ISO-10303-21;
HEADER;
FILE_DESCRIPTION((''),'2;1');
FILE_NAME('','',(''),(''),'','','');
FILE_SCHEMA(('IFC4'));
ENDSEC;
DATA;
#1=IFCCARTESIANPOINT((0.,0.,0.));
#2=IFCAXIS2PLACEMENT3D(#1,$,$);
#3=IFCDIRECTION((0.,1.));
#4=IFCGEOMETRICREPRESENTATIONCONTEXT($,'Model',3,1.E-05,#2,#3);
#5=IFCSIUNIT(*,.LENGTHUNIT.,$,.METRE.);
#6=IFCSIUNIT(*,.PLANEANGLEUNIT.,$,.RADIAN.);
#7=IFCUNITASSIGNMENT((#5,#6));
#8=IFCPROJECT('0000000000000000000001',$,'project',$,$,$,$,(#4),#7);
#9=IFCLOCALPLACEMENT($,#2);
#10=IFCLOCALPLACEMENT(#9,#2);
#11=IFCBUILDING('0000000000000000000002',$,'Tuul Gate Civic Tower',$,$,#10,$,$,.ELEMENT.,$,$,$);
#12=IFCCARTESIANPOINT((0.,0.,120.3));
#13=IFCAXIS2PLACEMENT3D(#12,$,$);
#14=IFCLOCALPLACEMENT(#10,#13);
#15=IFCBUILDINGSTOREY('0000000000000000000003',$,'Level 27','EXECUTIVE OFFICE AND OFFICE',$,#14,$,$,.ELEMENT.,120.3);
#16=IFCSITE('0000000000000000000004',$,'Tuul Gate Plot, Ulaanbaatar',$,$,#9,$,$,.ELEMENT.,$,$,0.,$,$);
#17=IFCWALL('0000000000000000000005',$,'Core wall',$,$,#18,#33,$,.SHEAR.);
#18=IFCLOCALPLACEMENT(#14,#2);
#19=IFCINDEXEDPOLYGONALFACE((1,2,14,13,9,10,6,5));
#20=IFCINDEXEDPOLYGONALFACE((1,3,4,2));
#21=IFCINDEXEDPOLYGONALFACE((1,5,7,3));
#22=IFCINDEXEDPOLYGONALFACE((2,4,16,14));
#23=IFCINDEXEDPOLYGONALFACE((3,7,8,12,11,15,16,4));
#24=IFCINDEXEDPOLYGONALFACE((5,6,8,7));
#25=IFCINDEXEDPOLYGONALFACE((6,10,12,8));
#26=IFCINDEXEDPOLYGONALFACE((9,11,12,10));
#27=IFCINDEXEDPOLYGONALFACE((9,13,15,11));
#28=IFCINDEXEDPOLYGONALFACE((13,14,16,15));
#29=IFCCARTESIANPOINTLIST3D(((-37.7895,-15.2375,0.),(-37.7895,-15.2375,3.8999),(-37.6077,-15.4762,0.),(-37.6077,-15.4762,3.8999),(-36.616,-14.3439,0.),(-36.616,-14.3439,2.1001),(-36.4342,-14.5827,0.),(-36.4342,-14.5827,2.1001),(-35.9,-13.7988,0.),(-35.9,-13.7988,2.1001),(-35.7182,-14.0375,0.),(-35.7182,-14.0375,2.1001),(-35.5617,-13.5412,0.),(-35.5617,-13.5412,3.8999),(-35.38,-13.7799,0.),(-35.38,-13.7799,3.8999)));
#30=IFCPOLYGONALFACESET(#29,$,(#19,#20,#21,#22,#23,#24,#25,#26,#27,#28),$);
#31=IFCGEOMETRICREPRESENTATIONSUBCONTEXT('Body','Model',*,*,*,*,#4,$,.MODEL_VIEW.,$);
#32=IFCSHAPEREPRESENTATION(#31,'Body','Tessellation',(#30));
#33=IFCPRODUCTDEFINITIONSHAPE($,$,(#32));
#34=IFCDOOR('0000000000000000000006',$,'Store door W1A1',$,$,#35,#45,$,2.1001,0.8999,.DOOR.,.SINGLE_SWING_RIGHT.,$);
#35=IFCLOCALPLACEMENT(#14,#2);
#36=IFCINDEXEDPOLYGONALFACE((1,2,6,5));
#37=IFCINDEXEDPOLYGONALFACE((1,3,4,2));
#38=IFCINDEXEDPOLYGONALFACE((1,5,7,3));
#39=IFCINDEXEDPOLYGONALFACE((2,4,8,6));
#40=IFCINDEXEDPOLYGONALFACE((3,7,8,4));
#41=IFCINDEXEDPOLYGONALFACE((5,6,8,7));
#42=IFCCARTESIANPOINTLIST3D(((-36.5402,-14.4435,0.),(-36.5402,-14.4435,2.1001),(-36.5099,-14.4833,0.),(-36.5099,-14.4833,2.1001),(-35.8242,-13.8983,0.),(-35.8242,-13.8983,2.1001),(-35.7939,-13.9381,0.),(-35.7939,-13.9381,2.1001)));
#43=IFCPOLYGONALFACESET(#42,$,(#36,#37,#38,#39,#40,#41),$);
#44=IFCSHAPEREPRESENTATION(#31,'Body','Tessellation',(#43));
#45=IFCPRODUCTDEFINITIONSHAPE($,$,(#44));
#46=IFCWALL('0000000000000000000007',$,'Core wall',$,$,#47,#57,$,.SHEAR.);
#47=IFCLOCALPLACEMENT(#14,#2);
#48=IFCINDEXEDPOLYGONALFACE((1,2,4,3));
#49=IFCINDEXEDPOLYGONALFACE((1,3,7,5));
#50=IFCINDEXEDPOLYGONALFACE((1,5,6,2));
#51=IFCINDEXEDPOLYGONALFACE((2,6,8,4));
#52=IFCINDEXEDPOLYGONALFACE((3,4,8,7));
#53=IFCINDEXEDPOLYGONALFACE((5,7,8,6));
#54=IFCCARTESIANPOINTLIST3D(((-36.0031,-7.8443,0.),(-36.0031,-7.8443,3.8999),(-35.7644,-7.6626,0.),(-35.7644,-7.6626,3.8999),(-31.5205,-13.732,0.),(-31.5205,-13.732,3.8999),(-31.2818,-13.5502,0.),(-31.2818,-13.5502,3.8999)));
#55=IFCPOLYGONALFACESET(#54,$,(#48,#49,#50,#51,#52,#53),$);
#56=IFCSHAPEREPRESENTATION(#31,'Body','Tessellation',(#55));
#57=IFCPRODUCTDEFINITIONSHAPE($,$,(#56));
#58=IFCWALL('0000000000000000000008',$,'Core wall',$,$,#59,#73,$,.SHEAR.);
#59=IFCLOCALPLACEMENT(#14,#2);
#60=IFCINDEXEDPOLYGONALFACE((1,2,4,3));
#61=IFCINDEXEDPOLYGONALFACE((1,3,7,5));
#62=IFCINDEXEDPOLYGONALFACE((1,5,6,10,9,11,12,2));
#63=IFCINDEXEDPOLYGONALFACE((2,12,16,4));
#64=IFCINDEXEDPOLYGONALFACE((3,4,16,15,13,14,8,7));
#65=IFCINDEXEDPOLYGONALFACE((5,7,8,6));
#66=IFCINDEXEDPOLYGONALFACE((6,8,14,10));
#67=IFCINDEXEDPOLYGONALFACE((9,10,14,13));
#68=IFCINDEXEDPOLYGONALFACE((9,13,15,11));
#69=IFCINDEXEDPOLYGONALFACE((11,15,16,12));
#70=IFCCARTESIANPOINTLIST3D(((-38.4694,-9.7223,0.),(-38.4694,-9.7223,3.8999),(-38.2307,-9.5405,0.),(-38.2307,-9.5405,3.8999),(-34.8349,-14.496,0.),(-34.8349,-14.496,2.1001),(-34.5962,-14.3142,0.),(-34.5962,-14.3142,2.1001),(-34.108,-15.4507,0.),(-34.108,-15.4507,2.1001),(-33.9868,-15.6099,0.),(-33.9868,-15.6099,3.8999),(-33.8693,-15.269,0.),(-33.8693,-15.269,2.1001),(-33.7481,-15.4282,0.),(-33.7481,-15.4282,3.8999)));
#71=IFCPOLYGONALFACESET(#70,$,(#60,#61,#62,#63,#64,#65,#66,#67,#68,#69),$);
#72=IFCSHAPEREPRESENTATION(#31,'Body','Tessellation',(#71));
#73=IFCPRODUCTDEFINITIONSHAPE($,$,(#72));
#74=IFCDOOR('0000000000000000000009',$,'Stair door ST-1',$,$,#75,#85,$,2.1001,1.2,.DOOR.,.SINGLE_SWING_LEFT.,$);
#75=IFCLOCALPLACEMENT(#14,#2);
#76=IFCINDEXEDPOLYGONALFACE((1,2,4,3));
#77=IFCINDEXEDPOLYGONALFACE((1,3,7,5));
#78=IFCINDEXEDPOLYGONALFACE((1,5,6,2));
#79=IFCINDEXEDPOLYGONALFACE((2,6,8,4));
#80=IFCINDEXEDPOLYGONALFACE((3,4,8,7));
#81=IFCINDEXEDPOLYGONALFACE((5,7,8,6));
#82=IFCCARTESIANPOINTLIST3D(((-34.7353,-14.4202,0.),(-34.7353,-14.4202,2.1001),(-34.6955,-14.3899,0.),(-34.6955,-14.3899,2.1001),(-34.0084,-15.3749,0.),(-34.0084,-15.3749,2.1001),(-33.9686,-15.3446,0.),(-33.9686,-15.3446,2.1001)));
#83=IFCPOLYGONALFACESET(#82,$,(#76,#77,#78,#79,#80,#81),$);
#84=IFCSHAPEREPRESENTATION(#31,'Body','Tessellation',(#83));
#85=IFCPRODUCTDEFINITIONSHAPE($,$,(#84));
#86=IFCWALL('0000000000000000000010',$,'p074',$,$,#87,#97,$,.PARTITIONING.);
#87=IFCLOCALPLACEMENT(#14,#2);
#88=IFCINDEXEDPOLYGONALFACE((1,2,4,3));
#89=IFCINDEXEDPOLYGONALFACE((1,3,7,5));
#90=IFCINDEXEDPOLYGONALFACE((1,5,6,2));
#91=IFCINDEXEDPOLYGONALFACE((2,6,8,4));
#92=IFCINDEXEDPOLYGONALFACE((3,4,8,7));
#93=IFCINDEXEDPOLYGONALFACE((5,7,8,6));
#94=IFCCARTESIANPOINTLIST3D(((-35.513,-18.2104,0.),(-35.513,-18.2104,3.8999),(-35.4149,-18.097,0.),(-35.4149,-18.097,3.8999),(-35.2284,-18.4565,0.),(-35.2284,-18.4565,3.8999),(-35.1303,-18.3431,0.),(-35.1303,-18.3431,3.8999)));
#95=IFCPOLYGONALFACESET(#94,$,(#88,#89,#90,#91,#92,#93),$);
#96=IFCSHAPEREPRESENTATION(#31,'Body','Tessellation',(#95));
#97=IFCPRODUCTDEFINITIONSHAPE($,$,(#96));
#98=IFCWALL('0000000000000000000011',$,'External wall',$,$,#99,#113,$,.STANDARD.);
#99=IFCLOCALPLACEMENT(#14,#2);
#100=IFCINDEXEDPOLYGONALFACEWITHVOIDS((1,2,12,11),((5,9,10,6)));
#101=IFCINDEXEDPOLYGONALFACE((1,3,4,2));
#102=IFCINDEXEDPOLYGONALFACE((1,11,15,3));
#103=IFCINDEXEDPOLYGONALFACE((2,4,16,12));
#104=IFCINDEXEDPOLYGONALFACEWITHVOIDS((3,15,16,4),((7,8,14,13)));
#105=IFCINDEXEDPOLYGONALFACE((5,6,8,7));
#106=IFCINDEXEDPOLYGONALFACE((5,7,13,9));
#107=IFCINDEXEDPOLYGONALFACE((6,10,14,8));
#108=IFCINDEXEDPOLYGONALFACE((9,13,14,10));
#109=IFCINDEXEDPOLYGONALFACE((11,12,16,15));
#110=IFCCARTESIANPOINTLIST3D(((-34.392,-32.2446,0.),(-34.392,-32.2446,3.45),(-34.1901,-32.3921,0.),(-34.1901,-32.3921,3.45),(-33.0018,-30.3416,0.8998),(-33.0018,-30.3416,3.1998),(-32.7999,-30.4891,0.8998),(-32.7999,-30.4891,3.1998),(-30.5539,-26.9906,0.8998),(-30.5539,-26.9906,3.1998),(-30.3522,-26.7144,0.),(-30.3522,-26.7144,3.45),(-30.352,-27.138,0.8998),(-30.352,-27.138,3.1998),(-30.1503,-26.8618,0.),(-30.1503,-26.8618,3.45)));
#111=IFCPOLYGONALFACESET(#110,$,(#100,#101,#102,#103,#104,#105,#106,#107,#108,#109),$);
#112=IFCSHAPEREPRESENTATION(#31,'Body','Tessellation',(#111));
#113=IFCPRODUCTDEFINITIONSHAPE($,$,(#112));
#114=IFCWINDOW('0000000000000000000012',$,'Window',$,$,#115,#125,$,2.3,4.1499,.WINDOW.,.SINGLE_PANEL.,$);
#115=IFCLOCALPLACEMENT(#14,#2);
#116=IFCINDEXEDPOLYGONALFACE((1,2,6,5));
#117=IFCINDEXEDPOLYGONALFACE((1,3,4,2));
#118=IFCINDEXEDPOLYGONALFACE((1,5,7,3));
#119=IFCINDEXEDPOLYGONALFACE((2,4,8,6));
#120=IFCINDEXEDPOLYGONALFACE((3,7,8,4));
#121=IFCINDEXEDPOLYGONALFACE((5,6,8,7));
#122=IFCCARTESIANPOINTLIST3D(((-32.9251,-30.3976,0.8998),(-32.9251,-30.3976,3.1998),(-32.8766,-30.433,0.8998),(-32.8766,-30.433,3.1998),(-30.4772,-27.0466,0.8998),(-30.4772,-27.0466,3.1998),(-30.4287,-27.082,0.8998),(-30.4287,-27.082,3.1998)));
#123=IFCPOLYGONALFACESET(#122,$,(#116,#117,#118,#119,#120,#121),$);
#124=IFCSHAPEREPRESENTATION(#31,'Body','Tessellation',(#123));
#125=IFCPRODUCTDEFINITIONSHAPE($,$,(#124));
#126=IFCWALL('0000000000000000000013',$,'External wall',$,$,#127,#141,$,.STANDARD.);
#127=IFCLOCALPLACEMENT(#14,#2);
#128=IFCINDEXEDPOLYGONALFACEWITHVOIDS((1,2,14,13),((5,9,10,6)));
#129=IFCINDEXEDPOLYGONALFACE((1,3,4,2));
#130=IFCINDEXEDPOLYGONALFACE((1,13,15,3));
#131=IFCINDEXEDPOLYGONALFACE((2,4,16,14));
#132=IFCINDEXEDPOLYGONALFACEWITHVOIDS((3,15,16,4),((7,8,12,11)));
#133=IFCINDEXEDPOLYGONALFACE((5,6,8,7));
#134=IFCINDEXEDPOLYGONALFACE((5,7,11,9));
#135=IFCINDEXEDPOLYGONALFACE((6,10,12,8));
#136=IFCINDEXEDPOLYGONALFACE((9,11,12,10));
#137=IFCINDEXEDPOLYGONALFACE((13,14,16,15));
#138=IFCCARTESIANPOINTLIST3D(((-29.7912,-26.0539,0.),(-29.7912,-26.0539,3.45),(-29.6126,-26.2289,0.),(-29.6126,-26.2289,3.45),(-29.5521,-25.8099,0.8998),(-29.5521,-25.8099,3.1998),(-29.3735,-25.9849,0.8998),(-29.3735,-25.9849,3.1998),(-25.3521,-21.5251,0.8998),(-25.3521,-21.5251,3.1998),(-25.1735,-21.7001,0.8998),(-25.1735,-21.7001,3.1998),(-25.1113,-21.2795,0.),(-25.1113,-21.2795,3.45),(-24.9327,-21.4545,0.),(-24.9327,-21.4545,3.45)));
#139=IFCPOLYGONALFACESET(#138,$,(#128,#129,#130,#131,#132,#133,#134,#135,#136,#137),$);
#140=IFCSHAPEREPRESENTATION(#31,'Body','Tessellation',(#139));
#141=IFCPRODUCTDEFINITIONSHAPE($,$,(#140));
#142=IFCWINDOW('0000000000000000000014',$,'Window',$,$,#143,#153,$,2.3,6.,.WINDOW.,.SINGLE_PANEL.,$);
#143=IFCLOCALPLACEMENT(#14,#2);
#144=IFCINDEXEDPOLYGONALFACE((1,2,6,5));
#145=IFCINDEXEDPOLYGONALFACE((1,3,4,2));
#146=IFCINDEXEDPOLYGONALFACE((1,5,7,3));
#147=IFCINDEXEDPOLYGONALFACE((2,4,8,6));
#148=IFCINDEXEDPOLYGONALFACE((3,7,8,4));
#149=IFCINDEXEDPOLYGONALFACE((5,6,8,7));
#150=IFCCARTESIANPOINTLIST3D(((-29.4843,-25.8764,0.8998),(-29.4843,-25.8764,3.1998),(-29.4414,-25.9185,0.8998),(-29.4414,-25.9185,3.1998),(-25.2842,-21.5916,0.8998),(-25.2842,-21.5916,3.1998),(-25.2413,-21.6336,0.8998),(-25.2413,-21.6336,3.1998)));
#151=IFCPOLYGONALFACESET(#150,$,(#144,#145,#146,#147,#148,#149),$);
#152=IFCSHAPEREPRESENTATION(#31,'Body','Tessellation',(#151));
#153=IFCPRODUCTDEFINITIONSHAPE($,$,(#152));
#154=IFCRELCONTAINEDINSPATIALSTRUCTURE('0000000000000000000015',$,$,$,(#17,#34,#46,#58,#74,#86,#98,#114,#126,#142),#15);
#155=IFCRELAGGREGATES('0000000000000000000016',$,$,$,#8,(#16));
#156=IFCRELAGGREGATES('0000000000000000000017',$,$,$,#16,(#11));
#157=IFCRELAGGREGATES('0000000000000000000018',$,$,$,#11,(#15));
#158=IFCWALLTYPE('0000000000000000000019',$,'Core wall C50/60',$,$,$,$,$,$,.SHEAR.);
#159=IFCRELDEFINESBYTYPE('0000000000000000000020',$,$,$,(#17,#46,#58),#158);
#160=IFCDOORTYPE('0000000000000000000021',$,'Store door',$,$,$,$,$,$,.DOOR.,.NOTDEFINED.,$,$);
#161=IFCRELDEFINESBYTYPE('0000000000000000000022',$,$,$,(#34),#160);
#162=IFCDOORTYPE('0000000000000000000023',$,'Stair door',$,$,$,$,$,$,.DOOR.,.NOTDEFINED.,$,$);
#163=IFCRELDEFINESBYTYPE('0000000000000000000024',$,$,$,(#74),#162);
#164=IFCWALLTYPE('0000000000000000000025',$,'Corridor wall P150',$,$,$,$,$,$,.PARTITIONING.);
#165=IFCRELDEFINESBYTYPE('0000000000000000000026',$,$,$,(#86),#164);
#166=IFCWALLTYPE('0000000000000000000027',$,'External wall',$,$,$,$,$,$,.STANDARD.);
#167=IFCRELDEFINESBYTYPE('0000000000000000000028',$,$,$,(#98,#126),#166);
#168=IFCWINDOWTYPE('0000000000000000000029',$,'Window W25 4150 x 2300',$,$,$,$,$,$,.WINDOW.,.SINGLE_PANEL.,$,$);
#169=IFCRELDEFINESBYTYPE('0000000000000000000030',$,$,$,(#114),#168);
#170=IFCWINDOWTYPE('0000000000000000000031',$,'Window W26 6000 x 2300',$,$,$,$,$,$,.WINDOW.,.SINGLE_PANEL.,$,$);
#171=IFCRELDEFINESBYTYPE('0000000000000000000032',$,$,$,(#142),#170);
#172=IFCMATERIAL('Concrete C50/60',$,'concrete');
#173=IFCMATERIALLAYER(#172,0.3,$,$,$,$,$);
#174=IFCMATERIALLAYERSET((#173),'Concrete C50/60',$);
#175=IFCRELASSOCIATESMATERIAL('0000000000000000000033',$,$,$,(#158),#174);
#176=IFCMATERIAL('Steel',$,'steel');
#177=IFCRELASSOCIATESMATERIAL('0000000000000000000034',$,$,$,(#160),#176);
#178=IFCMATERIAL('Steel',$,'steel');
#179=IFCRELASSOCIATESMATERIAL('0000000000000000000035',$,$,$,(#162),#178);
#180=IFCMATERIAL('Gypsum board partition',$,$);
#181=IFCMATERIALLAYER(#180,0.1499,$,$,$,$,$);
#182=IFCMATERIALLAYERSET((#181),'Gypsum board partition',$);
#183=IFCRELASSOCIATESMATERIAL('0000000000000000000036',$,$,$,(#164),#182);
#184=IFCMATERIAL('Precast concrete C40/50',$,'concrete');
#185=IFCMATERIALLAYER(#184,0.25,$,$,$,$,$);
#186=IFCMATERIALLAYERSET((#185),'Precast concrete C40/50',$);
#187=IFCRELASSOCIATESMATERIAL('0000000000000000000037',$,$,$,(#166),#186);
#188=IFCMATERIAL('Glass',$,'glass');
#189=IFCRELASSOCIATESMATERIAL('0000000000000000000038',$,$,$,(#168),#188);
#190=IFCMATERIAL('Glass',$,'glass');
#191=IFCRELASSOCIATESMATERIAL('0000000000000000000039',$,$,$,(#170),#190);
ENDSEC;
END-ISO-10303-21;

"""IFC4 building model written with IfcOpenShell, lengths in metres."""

from ifc_helpers import new_model, si_unit, direction, frame, frame_2d, origin, place, context, subcontext, project, spatial, rectangle, extrude, material, layer, layer_set, type_object, element, fill, save


model = new_model("IFC4")

# Units and contexts
model_context = context("Model", 3, precision=1e-05, world=origin(), true_north=direction((0.0, 1.0)))
body_context = subcontext(model_context, "Body", "Model", "MODEL_VIEW")
ifc_project = project(units=[si_unit("LENGTHUNIT", "METRE"), si_unit("PLANEANGLEUNIT", "RADIAN")], contexts=[model_context])

# Site, building, storey
site_placement = place(None, origin())
site = spatial("IfcSite", under=ifc_project, at=site_placement, Name="Tuul Gate Plot, Ulaanbaatar", CompositionType="ELEMENT", RefElevation=0.0)
building_placement = place(site_placement, origin())
building = spatial("IfcBuilding", under=site, at=building_placement, Name="Tuul Gate Civic Tower", CompositionType="ELEMENT")
storey_placement = place(building_placement, frame((0.0, 0.0, 120.3)))
storey = spatial("IfcBuildingStorey", under=building, at=storey_placement, Name="Level 27", Description="EXECUTIVE OFFICE AND OFFICE", CompositionType="ELEMENT", Elevation=120.3)

# Wall, opening, door
ifc_material_1 = material(Name="Concrete C50/60", Category="concrete")
ifc_layer_1 = layer(ifc_material_1, 0.3)
ifc_layer_set_1 = layer_set([ifc_layer_1], Name="Concrete C50/60")
wall_type_1 = type_object("IfcWallType", Name="Core wall C50/60", PredefinedType="SHEAR", material=ifc_layer_set_1)
wall_1_placement = place(storey_placement, frame((-35.4709, -13.6606, 0.0), z_axis=(0.0, 0.0, 1.0), x_axis=(-0.795616, -0.605802, 0.0)))
wall_1 = element("IfcWall", 1, at=wall_1_placement, inside=storey, type_object=wall_type_1, Name="Core wall", PredefinedType="SHEAR", context=body_context, shape_type="SweptSolid", body=[
    extrude(rectangle(XDim=2.8, YDim=0.3, at=frame_2d((1.3999, 0.0))), origin(), (0.0, 0.0, 1.0), 3.8999),
])
opening_1_placement = place(wall_1_placement, frame((0.425, 0.0, 0.0)))
opening_1 = element("IfcOpeningElement", 2, at=opening_1_placement, cuts=wall_1, PredefinedType="OPENING", context=body_context, shape_type="SweptSolid", body=[
    extrude(rectangle(XDim=0.8999, YDim=2.1001, at=frame_2d((0.45, 1.05))), frame((0.0, 0.1602, 0.0), z_axis=(0.0, -1.0, 0.0), x_axis=(1.0, 0.0, 0.0)), (0.0, 0.0, 1.0), 0.3201),
])
ifc_material_2 = material(Name="Steel", Category="steel")
door_type_1 = type_object("IfcDoorType", Name="Store door", OperationType="NOTDEFINED", PredefinedType="DOOR", material=ifc_material_2)
door_1_placement = place(opening_1_placement, frame((0.8999, 0.0, 0.0), z_axis=(0.0, 0.0, 1.0), x_axis=(-1.0, 0.0, 0.0)))
door_1 = element("IfcDoor", 3, at=door_1_placement, inside=storey, type_object=door_type_1, Name="Store door W1A1", OperationType="SINGLE_SWING_RIGHT", OverallHeight=2.1001, OverallWidth=0.8999, PredefinedType="DOOR", context=body_context, shape_type="SweptSolid", body=[
    extrude(rectangle(XDim=0.8999, YDim=2.1001, at=frame_2d((0.45, 1.05))), frame((0.0, 0.0249, 0.0), z_axis=(0.0, -1.0, 0.0), x_axis=(1.0, 0.0, 0.0)), (0.0, 0.0, 1.0), 0.05),
])
fill(opening_1, door_1)

# Wall
wall_2_placement = place(storey_placement, frame((-31.4011, -13.6411, 0.0), z_axis=(0.0, 0.0, 1.0), x_axis=(-0.60577, 0.79564, 0.0)))
element("IfcWall", 4, at=wall_2_placement, inside=storey, type_object=wall_type_1, Name="Core wall", PredefinedType="SHEAR", context=body_context, shape_type="SweptSolid", body=[
    extrude(rectangle(XDim=7.3999, YDim=0.3, at=frame_2d((3.7, 0.0))), origin(), (0.0, 0.0, 1.0), 3.8999),
])

# Wall, opening, door
wall_3_placement = place(storey_placement, frame((-33.8674, -15.519, 0.0), z_axis=(0.0, 0.0, 1.0), x_axis=(-0.60577, 0.79564, 0.0)))
wall_3 = element("IfcWall", 5, at=wall_3_placement, inside=storey, type_object=wall_type_1, Name="Core wall", PredefinedType="SHEAR", context=body_context, shape_type="SweptSolid", body=[
    extrude(rectangle(XDim=7.3999, YDim=0.3, at=frame_2d((3.7, 0.0))), origin(), (0.0, 0.0, 1.0), 3.8999),
])
opening_2_placement = place(wall_3_placement, frame((0.2, 0.0, 0.0)))
opening_2 = element("IfcOpeningElement", 6, at=opening_2_placement, cuts=wall_3, PredefinedType="OPENING", context=body_context, shape_type="SweptSolid", body=[
    extrude(rectangle(XDim=1.2, YDim=2.1001, at=frame_2d((0.6001, 1.05))), frame((0.0, 0.1602, 0.0), z_axis=(0.0, -1.0, 0.0), x_axis=(1.0, 0.0, 0.0)), (0.0, 0.0, 1.0), 0.3201),
])
ifc_material_3 = material(Name="Steel", Category="steel")
door_type_2 = type_object("IfcDoorType", Name="Stair door", OperationType="NOTDEFINED", PredefinedType="DOOR", material=ifc_material_3)
door_2_placement = place(opening_2_placement, origin())
door_2 = element("IfcDoor", 7, at=door_2_placement, inside=storey, type_object=door_type_2, Name="Stair door ST-1", OperationType="SINGLE_SWING_LEFT", OverallHeight=2.1001, OverallWidth=1.2, PredefinedType="DOOR", context=body_context, shape_type="SweptSolid", body=[
    extrude(rectangle(XDim=1.2, YDim=2.1001, at=frame_2d((0.6001, 1.05))), frame((0.0, 0.0249, 0.0), z_axis=(0.0, -1.0, 0.0), x_axis=(1.0, 0.0, 0.0)), (0.0, 0.0, 1.0), 0.05),
])
fill(opening_2, door_2)

# Wall
ifc_material_4 = material(Name="Gypsum board partition")
ifc_layer_2 = layer(ifc_material_4, 0.1499)
ifc_layer_set_2 = layer_set([ifc_layer_2], Name="Gypsum board partition")
wall_type_2 = type_object("IfcWallType", Name="Corridor wall P150", PredefinedType="PARTITIONING", material=ifc_layer_set_2)
wall_4_placement = place(storey_placement, frame((-35.4639, -18.1538, 0.0), z_axis=(0.0, 0.0, 1.0), x_axis=(0.756502, -0.653991, 0.0)))
element("IfcWall", 8, at=wall_4_placement, inside=storey, type_object=wall_type_2, Name="p074", PredefinedType="PARTITIONING", context=body_context, shape_type="SweptSolid", body=[
    extrude(rectangle(XDim=0.3762, YDim=0.1499, at=frame_2d((0.188, 0.0))), origin(), (0.0, 0.0, 1.0), 3.8999),
])

# Walls, openings, windows
ifc_material_5 = material(Name="Precast concrete C40/50", Category="concrete")
ifc_layer_3 = layer(ifc_material_5, 0.25)
ifc_layer_set_3 = layer_set([ifc_layer_3], Name="Precast concrete C40/50")
wall_type_3 = type_object("IfcWallType", Name="External wall", PredefinedType="STANDARD", material=ifc_layer_set_3)
wall_5_placement = place(storey_placement, frame((-34.291, -32.3184, 0.0), z_axis=(0.0, 0.0, 1.0), x_axis=(0.589868, 0.8075, 0.0)))
wall_5 = element("IfcWall", 9, at=wall_5_placement, inside=storey, type_object=wall_type_3, Name="External wall", PredefinedType="STANDARD", context=body_context, shape_type="SweptSolid", body=[
    extrude(rectangle(XDim=6.8486, YDim=0.25, at=frame_2d((3.4243, 0.0))), origin(), (0.0, 0.0, 1.0), 3.45),
])
opening_3_placement = place(wall_5_placement, frame((2.3567, 0.0, 0.8999)))
opening_3 = element("IfcOpeningElement", 10, at=opening_3_placement, cuts=wall_5, PredefinedType="OPENING", context=body_context, shape_type="SweptSolid", body=[
    extrude(rectangle(XDim=4.1499, YDim=2.3, at=frame_2d((2.075, 1.1499))), frame((0.0, 0.135, 0.0), z_axis=(0.0, -1.0, 0.0), x_axis=(1.0, 0.0, 0.0)), (0.0, 0.0, 1.0), 0.27),
])
ifc_material_6 = material(Name="Glass", Category="glass")
window_type_1 = type_object("IfcWindowType", Name="Window W25 4150 x 2300", PartitioningType="SINGLE_PANEL", PredefinedType="WINDOW", material=ifc_material_6)
window_1_placement = place(opening_3_placement, origin())
window_1 = element("IfcWindow", 11, at=window_1_placement, inside=storey, type_object=window_type_1, Name="Window", OverallHeight=2.3, OverallWidth=4.1499, PartitioningType="SINGLE_PANEL", PredefinedType="WINDOW", context=body_context, shape_type="SweptSolid", body=[
    extrude(rectangle(XDim=4.1499, YDim=2.3, at=frame_2d((2.075, 1.1499))), frame((0.0, 0.03, 0.0), z_axis=(0.0, -1.0, 0.0), x_axis=(1.0, 0.0, 0.0)), (0.0, 0.0, 1.0), 0.0601),
])
fill(opening_3, window_1)
wall_6_placement = place(storey_placement, frame((-29.7019, -26.1414, 0.0), z_axis=(0.0, 0.0, 1.0), x_axis=(0.700005, 0.714138, 0.0)))
wall_6 = element("IfcWall", 12, at=wall_6_placement, inside=storey, type_object=wall_type_3, Name="External wall", PredefinedType="STANDARD", context=body_context, shape_type="SweptSolid", body=[
    extrude(rectangle(XDim=6.6855, YDim=0.25, at=frame_2d((3.3428, 0.0))), origin(), (0.0, 0.0, 1.0), 3.45),
])
opening_4_placement = place(wall_6_placement, frame((0.3416, 0.0, 0.8999)))
opening_4 = element("IfcOpeningElement", 13, at=opening_4_placement, cuts=wall_6, PredefinedType="OPENING", context=body_context, shape_type="SweptSolid", body=[
    extrude(rectangle(XDim=6.0, YDim=2.3, at=frame_2d((3.0, 1.1499))), frame((0.0, 0.135, 0.0), z_axis=(0.0, -1.0, 0.0), x_axis=(1.0, 0.0, 0.0)), (0.0, 0.0, 1.0), 0.27),
])
ifc_material_7 = material(Name="Glass", Category="glass")
window_type_2 = type_object("IfcWindowType", Name="Window W26 6000 x 2300", PartitioningType="SINGLE_PANEL", PredefinedType="WINDOW", material=ifc_material_7)
window_2_placement = place(opening_4_placement, origin())
window_2 = element("IfcWindow", 14, at=window_2_placement, inside=storey, type_object=window_type_2, Name="Window", OverallHeight=2.3, OverallWidth=6.0, PartitioningType="SINGLE_PANEL", PredefinedType="WINDOW", context=body_context, shape_type="SweptSolid", body=[
    extrude(rectangle(XDim=6.0, YDim=2.3, at=frame_2d((3.0, 1.1499))), frame((0.0, 0.03, 0.0), z_axis=(0.0, -1.0, 0.0), x_axis=(1.0, 0.0, 0.0)), (0.0, 0.0, 1.0), 0.0601),
])
fill(opening_4, window_2)

save(model, "model.ifc")
